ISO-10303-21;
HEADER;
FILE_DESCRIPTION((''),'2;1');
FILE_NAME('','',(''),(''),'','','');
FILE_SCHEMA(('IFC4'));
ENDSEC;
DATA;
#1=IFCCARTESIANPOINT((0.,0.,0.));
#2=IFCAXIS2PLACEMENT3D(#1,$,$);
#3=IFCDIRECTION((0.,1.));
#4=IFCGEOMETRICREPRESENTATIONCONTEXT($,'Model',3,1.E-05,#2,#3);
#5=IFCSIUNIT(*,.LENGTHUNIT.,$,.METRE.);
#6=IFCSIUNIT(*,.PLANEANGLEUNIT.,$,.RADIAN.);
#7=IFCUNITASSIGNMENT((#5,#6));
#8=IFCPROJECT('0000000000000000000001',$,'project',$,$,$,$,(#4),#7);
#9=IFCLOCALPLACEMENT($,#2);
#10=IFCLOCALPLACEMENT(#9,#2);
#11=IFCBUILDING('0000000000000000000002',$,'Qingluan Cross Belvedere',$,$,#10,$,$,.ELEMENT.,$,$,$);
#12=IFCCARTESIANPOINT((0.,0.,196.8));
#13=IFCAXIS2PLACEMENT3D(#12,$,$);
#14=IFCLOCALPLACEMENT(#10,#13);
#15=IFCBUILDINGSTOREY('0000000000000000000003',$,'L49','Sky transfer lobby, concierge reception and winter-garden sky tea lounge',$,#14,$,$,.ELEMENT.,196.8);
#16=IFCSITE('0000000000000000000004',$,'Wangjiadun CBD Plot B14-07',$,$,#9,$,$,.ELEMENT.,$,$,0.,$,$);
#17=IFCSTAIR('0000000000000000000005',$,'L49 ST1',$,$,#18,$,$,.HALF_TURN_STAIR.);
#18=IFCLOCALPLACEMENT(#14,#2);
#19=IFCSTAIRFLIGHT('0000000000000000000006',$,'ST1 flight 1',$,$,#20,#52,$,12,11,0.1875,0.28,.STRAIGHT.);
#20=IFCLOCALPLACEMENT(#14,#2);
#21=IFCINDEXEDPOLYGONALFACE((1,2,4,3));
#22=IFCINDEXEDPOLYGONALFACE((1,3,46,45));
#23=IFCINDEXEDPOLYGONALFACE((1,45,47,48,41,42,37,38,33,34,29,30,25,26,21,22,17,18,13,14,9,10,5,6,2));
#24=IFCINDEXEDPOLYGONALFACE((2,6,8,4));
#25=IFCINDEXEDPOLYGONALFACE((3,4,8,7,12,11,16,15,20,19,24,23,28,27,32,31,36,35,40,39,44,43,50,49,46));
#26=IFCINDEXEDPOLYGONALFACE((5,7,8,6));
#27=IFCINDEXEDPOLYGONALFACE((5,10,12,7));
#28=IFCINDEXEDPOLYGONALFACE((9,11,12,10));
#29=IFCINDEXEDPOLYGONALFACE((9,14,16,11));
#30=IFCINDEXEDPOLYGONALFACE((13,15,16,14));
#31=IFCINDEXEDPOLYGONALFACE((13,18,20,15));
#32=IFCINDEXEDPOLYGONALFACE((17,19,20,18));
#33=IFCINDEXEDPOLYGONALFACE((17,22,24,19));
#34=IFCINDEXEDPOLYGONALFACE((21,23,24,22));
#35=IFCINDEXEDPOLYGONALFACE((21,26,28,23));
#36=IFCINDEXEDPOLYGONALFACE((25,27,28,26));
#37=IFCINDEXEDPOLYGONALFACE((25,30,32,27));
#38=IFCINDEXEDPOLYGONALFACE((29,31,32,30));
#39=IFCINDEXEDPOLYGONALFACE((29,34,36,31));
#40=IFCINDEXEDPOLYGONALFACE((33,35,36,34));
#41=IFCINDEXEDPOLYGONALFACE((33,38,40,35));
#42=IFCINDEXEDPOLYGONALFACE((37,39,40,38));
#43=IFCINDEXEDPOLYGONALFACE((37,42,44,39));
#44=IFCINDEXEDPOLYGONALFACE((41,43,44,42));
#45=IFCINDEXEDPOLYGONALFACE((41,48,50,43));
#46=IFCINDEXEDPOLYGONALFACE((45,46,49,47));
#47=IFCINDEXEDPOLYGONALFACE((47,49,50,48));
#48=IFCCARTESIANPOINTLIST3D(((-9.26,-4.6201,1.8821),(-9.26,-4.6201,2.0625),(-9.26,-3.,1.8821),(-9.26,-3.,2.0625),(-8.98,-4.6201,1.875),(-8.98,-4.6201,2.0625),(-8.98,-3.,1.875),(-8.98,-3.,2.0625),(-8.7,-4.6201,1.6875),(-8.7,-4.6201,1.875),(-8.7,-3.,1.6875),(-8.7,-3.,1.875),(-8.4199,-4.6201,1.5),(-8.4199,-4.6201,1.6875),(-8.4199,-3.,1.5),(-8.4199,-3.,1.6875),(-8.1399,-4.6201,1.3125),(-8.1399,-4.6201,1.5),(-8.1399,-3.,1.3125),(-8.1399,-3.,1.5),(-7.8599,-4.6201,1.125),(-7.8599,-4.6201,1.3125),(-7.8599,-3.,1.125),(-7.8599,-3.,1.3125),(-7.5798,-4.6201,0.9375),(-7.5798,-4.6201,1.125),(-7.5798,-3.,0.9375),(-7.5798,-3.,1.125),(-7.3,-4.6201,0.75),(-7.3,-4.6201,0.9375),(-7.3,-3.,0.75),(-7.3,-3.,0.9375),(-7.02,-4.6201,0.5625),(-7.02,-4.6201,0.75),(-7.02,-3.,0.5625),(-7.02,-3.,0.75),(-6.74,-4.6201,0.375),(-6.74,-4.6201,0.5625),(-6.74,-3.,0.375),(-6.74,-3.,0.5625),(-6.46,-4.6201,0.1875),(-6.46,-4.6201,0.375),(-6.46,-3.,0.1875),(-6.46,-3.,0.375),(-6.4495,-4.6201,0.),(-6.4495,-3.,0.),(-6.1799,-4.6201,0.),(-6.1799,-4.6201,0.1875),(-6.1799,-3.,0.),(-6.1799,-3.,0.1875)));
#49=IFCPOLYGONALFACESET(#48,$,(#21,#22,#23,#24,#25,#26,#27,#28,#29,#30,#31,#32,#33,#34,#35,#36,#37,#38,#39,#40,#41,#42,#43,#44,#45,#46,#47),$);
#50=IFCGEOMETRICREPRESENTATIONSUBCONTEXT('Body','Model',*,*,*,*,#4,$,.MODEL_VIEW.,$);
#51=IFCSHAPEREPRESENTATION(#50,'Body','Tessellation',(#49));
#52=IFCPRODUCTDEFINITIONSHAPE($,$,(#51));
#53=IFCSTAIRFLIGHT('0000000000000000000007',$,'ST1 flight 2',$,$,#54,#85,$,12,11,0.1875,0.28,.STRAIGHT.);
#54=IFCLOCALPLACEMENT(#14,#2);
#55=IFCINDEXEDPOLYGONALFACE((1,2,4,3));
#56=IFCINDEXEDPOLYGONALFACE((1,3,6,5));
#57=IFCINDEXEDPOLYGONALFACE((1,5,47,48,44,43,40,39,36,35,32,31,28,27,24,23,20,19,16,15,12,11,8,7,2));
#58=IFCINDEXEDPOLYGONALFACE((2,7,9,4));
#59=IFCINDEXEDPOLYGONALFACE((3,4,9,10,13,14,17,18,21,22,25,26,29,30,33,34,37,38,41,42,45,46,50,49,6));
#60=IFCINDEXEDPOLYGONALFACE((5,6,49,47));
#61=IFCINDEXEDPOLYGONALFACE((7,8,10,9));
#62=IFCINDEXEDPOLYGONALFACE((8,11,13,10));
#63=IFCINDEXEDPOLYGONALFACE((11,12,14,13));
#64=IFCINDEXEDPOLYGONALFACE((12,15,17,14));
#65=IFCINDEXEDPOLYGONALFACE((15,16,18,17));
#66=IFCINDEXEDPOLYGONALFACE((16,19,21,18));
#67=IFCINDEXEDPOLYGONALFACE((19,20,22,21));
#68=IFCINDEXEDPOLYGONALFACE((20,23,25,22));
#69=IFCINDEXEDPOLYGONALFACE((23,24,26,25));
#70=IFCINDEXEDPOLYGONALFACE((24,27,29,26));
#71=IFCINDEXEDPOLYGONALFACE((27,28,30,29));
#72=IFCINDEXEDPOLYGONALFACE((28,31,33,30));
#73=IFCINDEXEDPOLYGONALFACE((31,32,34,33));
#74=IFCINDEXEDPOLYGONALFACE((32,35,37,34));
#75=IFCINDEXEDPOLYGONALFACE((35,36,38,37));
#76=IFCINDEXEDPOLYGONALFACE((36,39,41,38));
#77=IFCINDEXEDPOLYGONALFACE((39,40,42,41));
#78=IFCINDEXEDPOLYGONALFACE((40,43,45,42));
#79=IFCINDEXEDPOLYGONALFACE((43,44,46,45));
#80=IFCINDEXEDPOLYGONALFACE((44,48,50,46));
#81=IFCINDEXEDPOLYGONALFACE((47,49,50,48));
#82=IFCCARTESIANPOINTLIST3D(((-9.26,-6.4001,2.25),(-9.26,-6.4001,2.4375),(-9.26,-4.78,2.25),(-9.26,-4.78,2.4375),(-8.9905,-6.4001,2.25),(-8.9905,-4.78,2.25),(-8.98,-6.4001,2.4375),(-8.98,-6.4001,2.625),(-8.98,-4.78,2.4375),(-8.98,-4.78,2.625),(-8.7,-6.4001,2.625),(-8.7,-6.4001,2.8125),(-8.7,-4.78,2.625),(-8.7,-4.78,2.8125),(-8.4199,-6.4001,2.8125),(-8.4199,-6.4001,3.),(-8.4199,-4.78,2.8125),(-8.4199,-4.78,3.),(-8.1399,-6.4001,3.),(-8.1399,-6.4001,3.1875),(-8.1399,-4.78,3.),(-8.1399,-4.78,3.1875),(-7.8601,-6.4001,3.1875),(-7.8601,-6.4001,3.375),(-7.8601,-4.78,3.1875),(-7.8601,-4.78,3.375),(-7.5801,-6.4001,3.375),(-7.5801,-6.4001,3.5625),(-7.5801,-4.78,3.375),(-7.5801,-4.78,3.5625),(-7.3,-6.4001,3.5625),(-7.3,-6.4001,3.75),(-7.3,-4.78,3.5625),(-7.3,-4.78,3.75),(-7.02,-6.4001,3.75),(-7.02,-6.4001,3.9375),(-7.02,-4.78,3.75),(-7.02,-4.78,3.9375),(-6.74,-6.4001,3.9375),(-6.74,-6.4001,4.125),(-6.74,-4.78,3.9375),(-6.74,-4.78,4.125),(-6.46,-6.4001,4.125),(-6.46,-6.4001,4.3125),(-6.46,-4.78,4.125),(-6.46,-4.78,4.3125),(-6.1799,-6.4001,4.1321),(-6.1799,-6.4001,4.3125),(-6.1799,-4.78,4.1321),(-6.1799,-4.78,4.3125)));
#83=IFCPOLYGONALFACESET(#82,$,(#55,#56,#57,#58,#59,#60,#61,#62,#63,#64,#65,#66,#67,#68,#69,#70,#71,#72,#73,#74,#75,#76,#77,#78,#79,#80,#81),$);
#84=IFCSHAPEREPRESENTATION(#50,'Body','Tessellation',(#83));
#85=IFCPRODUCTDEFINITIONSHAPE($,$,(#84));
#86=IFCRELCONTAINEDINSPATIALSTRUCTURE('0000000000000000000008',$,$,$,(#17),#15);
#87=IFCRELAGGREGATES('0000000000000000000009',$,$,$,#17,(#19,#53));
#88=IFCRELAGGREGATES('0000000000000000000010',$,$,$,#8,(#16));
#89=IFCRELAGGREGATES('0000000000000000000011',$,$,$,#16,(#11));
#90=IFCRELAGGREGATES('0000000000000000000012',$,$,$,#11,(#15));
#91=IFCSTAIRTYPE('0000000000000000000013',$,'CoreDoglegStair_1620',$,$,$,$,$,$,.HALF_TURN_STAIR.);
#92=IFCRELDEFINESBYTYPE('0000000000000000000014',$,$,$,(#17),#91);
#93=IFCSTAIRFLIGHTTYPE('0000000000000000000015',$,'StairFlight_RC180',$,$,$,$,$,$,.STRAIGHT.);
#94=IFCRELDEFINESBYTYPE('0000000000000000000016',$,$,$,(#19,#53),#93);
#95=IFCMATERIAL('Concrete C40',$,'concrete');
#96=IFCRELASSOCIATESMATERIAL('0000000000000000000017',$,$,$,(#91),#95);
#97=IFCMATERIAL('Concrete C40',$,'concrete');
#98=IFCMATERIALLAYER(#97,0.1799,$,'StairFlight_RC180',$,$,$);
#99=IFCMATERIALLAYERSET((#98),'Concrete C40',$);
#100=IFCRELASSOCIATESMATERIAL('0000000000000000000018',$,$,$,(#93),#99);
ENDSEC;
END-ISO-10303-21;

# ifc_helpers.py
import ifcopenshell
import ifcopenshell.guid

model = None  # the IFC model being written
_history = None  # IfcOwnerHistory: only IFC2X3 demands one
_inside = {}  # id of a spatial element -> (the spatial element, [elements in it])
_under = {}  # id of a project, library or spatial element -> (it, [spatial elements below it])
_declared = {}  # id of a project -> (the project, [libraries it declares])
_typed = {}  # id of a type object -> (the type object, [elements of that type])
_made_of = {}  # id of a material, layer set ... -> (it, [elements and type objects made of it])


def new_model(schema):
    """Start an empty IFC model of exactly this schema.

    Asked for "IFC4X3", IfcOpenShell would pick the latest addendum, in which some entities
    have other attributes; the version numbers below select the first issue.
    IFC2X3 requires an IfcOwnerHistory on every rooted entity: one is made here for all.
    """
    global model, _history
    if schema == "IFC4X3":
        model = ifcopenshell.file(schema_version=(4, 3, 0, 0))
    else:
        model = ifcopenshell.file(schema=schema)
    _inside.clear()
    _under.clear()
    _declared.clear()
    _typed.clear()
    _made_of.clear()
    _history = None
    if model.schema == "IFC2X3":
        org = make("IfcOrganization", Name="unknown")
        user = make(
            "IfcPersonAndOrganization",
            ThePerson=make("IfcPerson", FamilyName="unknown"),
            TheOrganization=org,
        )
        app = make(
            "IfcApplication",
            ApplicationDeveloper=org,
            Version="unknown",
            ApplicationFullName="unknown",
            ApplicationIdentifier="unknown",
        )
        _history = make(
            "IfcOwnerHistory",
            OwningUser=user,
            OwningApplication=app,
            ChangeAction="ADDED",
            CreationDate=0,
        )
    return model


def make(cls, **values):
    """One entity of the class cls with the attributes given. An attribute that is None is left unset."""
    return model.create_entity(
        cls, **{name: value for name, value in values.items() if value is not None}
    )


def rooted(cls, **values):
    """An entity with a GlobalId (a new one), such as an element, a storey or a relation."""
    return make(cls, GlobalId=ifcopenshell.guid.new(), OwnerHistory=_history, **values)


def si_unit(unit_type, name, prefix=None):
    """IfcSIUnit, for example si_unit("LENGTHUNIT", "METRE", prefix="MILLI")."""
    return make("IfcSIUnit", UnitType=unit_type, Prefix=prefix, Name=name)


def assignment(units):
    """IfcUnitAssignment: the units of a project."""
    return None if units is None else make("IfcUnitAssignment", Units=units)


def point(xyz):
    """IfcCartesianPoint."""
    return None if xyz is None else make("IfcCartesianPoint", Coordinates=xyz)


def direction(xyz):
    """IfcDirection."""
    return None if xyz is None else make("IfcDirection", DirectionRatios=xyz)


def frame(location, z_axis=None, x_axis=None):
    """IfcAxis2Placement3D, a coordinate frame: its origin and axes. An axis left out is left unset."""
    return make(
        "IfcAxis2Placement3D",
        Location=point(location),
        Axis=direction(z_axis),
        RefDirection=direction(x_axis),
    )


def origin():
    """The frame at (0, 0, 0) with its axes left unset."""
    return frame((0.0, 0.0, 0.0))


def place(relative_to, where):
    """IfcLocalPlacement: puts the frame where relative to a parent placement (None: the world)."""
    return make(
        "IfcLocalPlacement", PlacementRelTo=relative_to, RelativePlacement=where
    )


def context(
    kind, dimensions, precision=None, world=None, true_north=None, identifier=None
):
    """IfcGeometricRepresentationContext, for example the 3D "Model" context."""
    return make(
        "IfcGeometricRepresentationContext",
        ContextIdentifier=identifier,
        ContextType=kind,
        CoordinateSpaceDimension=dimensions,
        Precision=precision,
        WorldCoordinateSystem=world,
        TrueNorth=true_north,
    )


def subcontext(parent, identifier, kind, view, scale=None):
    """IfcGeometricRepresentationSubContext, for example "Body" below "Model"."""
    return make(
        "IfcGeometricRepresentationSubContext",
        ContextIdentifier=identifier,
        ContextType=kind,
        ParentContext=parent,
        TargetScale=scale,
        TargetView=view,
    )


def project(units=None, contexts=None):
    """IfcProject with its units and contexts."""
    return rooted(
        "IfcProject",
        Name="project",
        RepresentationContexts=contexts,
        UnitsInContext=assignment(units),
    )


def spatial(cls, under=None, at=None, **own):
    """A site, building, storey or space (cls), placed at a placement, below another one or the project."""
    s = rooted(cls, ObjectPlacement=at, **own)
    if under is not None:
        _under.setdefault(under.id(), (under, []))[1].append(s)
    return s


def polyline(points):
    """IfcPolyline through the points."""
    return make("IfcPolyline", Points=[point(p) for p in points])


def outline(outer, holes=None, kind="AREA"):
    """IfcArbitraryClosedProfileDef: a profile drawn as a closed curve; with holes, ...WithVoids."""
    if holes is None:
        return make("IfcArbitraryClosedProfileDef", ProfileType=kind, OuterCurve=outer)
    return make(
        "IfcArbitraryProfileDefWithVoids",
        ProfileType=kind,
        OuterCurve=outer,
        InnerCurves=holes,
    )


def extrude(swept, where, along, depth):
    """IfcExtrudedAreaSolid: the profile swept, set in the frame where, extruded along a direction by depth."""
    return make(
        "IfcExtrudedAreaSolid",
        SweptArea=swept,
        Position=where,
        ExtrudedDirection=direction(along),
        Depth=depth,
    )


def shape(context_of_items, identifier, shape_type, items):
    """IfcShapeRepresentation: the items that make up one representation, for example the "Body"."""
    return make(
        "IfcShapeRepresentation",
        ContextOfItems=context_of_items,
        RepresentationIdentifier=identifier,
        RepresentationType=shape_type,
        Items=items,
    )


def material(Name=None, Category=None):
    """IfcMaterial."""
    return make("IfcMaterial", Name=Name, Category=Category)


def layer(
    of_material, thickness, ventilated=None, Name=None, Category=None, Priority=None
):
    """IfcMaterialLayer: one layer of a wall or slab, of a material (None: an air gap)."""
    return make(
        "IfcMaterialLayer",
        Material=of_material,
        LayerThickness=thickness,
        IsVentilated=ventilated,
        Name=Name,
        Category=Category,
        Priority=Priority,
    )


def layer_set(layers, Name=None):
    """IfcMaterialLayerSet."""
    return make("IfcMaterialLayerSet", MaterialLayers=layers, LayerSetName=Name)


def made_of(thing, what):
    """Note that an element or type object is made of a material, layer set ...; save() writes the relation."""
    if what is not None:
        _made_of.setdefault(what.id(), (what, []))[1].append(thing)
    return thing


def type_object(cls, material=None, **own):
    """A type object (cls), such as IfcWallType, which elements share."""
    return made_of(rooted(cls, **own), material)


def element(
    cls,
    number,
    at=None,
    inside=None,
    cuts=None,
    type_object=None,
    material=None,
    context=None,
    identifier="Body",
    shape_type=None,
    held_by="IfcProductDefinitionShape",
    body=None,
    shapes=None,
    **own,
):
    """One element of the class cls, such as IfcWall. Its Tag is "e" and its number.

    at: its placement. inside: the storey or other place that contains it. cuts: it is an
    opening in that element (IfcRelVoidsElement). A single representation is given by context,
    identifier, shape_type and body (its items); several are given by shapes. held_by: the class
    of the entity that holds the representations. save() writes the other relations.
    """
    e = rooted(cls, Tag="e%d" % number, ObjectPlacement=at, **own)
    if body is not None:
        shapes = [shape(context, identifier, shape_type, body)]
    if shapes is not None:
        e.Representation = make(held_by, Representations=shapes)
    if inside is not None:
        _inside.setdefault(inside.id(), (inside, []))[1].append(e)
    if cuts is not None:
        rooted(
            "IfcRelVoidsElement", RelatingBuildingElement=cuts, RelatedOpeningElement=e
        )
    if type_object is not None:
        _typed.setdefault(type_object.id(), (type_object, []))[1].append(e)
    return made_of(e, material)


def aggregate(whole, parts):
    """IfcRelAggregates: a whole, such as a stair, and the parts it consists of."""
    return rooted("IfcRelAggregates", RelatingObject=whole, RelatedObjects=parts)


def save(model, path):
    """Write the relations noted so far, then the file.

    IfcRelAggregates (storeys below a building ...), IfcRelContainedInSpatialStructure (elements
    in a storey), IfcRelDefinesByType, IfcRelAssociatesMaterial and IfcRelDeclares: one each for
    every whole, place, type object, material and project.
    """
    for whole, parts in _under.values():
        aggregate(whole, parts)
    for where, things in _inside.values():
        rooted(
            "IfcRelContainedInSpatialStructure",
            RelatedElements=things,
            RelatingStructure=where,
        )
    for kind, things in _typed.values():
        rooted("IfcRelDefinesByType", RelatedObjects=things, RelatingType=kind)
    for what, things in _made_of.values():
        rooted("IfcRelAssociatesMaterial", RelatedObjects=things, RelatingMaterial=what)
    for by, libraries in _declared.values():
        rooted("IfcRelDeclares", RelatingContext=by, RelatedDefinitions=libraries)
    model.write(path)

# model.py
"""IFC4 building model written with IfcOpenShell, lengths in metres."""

from ifc_helpers import new_model, si_unit, direction, frame, origin, place, context, subcontext, project, spatial, polyline, outline, extrude, material, layer, layer_set, type_object, element, aggregate, save


model = new_model("IFC4")

# Units and contexts
model_context = context("Model", 3, precision=1e-05, world=origin(), true_north=direction((0.0, 1.0)))
body_context = subcontext(model_context, "Body", "Model", "MODEL_VIEW")
ifc_project = project(units=[si_unit("LENGTHUNIT", "METRE"), si_unit("PLANEANGLEUNIT", "RADIAN")], contexts=[model_context])

# Site, building, storey
site_placement = place(None, origin())
site = spatial("IfcSite", under=ifc_project, at=site_placement, Name="Wangjiadun CBD Plot B14-07", CompositionType="ELEMENT", RefElevation=0.0)
building_placement = place(site_placement, origin())
building = spatial("IfcBuilding", under=site, at=building_placement, Name="Qingluan Cross Belvedere", CompositionType="ELEMENT")
storey_placement = place(building_placement, frame((0.0, 0.0, 196.8)))
storey = spatial("IfcBuildingStorey", under=building, at=storey_placement, Name="L49", Description="Sky transfer lobby, concierge reception and winter-garden sky tea lounge", CompositionType="ELEMENT", Elevation=196.8)

# Stair, stair flights
ifc_material_1 = material(Name="Concrete C40", Category="concrete")
stair_type = type_object("IfcStairType", Name="CoreDoglegStair_1620", PredefinedType="HALF_TURN_STAIR", material=ifc_material_1)
stair_placement = place(storey_placement, origin())
stair = element("IfcStair", 1, at=stair_placement, inside=storey, type_object=stair_type, Name="L49 ST1", PredefinedType="HALF_TURN_STAIR")
ifc_material_2 = material(Name="Concrete C40", Category="concrete")
ifc_layer_1 = layer(ifc_material_2, 0.1799, Name="StairFlight_RC180")
ifc_layer_set_1 = layer_set([ifc_layer_1], Name="Concrete C40")
stair_flight_type = type_object("IfcStairFlightType", Name="StairFlight_RC180", PredefinedType="STRAIGHT", material=ifc_layer_set_1)
stair_flight_1_placement = place(storey_placement, frame((-6.1799, -3.8101, 0.0), z_axis=(0.0, 0.0, 1.0), x_axis=(-1.0, 0.0, 0.0)))
stair_flight_1 = element("IfcStairFlight", 2, at=stair_flight_1_placement, type_object=stair_flight_type, Name="ST1 flight 1", NumberOfRisers=12, NumberOfTreads=11, PredefinedType="STRAIGHT", RiserHeight=0.1875, TreadLength=0.28, context=body_context, shape_type="SweptSolid", body=[
    extrude(outline(polyline([(0.0, 0.0), (0.0, 0.1875), (0.28, 0.1875), (0.28, 0.375), (0.5601, 0.375), (0.5601, 0.5625), (0.8401, 0.5625), (0.8401, 0.75), (1.1201, 0.75), (1.1201, 0.9375), (1.3999, 0.9375), (1.3999, 1.125), (1.6799, 1.125), (1.6799, 1.3125), (1.96, 1.3125), (1.96, 1.5), (2.24, 1.5), (2.24, 1.6875), (2.52, 1.6875), (2.52, 1.875), (2.8, 1.875), (2.8, 2.0625), (3.0801, 2.0625), (3.0801, 2.25), (3.0801, 1.8821), (0.2695, 0.0), (0.0, 0.0)])), frame((0.0, 0.8101, 0.0), z_axis=(0.0, -1.0, 0.0), x_axis=(1.0, 0.0, 0.0)), (0.0, 0.0, 1.0), 1.6201),
])
stair_flight_2_placement = place(storey_placement, frame((-9.26, -5.5901, 2.25), z_axis=(0.0, 0.0, 1.0), x_axis=(1.0, 0.0, 0.0)))
stair_flight_2 = element("IfcStairFlight", 3, at=stair_flight_2_placement, type_object=stair_flight_type, Name="ST1 flight 2", NumberOfRisers=12, NumberOfTreads=11, PredefinedType="STRAIGHT", RiserHeight=0.1875, TreadLength=0.28, context=body_context, shape_type="SweptSolid", body=[
    extrude(outline(polyline([(0.0, 0.0), (0.0, 0.1875), (0.28, 0.1875), (0.28, 0.375), (0.5601, 0.375), (0.5601, 0.5625), (0.8401, 0.5625), (0.8401, 0.75), (1.1201, 0.75), (1.1201, 0.9375), (1.3999, 0.9375), (1.3999, 1.125), (1.6799, 1.125), (1.6799, 1.3125), (1.96, 1.3125), (1.96, 1.5), (2.24, 1.5), (2.24, 1.6875), (2.52, 1.6875), (2.52, 1.875), (2.8, 1.875), (2.8, 2.0625), (3.0801, 2.0625), (3.0801, 2.25), (3.0801, 1.8821), (0.2695, 0.0), (0.0, 0.0)])), frame((0.0, 0.8101, 0.0), z_axis=(0.0, -1.0, 0.0), x_axis=(1.0, 0.0, 0.0)), (0.0, 0.0, 1.0), 1.6201),
])
aggregate(stair, [stair_flight_1, stair_flight_2])

save(model, "model.ifc")
